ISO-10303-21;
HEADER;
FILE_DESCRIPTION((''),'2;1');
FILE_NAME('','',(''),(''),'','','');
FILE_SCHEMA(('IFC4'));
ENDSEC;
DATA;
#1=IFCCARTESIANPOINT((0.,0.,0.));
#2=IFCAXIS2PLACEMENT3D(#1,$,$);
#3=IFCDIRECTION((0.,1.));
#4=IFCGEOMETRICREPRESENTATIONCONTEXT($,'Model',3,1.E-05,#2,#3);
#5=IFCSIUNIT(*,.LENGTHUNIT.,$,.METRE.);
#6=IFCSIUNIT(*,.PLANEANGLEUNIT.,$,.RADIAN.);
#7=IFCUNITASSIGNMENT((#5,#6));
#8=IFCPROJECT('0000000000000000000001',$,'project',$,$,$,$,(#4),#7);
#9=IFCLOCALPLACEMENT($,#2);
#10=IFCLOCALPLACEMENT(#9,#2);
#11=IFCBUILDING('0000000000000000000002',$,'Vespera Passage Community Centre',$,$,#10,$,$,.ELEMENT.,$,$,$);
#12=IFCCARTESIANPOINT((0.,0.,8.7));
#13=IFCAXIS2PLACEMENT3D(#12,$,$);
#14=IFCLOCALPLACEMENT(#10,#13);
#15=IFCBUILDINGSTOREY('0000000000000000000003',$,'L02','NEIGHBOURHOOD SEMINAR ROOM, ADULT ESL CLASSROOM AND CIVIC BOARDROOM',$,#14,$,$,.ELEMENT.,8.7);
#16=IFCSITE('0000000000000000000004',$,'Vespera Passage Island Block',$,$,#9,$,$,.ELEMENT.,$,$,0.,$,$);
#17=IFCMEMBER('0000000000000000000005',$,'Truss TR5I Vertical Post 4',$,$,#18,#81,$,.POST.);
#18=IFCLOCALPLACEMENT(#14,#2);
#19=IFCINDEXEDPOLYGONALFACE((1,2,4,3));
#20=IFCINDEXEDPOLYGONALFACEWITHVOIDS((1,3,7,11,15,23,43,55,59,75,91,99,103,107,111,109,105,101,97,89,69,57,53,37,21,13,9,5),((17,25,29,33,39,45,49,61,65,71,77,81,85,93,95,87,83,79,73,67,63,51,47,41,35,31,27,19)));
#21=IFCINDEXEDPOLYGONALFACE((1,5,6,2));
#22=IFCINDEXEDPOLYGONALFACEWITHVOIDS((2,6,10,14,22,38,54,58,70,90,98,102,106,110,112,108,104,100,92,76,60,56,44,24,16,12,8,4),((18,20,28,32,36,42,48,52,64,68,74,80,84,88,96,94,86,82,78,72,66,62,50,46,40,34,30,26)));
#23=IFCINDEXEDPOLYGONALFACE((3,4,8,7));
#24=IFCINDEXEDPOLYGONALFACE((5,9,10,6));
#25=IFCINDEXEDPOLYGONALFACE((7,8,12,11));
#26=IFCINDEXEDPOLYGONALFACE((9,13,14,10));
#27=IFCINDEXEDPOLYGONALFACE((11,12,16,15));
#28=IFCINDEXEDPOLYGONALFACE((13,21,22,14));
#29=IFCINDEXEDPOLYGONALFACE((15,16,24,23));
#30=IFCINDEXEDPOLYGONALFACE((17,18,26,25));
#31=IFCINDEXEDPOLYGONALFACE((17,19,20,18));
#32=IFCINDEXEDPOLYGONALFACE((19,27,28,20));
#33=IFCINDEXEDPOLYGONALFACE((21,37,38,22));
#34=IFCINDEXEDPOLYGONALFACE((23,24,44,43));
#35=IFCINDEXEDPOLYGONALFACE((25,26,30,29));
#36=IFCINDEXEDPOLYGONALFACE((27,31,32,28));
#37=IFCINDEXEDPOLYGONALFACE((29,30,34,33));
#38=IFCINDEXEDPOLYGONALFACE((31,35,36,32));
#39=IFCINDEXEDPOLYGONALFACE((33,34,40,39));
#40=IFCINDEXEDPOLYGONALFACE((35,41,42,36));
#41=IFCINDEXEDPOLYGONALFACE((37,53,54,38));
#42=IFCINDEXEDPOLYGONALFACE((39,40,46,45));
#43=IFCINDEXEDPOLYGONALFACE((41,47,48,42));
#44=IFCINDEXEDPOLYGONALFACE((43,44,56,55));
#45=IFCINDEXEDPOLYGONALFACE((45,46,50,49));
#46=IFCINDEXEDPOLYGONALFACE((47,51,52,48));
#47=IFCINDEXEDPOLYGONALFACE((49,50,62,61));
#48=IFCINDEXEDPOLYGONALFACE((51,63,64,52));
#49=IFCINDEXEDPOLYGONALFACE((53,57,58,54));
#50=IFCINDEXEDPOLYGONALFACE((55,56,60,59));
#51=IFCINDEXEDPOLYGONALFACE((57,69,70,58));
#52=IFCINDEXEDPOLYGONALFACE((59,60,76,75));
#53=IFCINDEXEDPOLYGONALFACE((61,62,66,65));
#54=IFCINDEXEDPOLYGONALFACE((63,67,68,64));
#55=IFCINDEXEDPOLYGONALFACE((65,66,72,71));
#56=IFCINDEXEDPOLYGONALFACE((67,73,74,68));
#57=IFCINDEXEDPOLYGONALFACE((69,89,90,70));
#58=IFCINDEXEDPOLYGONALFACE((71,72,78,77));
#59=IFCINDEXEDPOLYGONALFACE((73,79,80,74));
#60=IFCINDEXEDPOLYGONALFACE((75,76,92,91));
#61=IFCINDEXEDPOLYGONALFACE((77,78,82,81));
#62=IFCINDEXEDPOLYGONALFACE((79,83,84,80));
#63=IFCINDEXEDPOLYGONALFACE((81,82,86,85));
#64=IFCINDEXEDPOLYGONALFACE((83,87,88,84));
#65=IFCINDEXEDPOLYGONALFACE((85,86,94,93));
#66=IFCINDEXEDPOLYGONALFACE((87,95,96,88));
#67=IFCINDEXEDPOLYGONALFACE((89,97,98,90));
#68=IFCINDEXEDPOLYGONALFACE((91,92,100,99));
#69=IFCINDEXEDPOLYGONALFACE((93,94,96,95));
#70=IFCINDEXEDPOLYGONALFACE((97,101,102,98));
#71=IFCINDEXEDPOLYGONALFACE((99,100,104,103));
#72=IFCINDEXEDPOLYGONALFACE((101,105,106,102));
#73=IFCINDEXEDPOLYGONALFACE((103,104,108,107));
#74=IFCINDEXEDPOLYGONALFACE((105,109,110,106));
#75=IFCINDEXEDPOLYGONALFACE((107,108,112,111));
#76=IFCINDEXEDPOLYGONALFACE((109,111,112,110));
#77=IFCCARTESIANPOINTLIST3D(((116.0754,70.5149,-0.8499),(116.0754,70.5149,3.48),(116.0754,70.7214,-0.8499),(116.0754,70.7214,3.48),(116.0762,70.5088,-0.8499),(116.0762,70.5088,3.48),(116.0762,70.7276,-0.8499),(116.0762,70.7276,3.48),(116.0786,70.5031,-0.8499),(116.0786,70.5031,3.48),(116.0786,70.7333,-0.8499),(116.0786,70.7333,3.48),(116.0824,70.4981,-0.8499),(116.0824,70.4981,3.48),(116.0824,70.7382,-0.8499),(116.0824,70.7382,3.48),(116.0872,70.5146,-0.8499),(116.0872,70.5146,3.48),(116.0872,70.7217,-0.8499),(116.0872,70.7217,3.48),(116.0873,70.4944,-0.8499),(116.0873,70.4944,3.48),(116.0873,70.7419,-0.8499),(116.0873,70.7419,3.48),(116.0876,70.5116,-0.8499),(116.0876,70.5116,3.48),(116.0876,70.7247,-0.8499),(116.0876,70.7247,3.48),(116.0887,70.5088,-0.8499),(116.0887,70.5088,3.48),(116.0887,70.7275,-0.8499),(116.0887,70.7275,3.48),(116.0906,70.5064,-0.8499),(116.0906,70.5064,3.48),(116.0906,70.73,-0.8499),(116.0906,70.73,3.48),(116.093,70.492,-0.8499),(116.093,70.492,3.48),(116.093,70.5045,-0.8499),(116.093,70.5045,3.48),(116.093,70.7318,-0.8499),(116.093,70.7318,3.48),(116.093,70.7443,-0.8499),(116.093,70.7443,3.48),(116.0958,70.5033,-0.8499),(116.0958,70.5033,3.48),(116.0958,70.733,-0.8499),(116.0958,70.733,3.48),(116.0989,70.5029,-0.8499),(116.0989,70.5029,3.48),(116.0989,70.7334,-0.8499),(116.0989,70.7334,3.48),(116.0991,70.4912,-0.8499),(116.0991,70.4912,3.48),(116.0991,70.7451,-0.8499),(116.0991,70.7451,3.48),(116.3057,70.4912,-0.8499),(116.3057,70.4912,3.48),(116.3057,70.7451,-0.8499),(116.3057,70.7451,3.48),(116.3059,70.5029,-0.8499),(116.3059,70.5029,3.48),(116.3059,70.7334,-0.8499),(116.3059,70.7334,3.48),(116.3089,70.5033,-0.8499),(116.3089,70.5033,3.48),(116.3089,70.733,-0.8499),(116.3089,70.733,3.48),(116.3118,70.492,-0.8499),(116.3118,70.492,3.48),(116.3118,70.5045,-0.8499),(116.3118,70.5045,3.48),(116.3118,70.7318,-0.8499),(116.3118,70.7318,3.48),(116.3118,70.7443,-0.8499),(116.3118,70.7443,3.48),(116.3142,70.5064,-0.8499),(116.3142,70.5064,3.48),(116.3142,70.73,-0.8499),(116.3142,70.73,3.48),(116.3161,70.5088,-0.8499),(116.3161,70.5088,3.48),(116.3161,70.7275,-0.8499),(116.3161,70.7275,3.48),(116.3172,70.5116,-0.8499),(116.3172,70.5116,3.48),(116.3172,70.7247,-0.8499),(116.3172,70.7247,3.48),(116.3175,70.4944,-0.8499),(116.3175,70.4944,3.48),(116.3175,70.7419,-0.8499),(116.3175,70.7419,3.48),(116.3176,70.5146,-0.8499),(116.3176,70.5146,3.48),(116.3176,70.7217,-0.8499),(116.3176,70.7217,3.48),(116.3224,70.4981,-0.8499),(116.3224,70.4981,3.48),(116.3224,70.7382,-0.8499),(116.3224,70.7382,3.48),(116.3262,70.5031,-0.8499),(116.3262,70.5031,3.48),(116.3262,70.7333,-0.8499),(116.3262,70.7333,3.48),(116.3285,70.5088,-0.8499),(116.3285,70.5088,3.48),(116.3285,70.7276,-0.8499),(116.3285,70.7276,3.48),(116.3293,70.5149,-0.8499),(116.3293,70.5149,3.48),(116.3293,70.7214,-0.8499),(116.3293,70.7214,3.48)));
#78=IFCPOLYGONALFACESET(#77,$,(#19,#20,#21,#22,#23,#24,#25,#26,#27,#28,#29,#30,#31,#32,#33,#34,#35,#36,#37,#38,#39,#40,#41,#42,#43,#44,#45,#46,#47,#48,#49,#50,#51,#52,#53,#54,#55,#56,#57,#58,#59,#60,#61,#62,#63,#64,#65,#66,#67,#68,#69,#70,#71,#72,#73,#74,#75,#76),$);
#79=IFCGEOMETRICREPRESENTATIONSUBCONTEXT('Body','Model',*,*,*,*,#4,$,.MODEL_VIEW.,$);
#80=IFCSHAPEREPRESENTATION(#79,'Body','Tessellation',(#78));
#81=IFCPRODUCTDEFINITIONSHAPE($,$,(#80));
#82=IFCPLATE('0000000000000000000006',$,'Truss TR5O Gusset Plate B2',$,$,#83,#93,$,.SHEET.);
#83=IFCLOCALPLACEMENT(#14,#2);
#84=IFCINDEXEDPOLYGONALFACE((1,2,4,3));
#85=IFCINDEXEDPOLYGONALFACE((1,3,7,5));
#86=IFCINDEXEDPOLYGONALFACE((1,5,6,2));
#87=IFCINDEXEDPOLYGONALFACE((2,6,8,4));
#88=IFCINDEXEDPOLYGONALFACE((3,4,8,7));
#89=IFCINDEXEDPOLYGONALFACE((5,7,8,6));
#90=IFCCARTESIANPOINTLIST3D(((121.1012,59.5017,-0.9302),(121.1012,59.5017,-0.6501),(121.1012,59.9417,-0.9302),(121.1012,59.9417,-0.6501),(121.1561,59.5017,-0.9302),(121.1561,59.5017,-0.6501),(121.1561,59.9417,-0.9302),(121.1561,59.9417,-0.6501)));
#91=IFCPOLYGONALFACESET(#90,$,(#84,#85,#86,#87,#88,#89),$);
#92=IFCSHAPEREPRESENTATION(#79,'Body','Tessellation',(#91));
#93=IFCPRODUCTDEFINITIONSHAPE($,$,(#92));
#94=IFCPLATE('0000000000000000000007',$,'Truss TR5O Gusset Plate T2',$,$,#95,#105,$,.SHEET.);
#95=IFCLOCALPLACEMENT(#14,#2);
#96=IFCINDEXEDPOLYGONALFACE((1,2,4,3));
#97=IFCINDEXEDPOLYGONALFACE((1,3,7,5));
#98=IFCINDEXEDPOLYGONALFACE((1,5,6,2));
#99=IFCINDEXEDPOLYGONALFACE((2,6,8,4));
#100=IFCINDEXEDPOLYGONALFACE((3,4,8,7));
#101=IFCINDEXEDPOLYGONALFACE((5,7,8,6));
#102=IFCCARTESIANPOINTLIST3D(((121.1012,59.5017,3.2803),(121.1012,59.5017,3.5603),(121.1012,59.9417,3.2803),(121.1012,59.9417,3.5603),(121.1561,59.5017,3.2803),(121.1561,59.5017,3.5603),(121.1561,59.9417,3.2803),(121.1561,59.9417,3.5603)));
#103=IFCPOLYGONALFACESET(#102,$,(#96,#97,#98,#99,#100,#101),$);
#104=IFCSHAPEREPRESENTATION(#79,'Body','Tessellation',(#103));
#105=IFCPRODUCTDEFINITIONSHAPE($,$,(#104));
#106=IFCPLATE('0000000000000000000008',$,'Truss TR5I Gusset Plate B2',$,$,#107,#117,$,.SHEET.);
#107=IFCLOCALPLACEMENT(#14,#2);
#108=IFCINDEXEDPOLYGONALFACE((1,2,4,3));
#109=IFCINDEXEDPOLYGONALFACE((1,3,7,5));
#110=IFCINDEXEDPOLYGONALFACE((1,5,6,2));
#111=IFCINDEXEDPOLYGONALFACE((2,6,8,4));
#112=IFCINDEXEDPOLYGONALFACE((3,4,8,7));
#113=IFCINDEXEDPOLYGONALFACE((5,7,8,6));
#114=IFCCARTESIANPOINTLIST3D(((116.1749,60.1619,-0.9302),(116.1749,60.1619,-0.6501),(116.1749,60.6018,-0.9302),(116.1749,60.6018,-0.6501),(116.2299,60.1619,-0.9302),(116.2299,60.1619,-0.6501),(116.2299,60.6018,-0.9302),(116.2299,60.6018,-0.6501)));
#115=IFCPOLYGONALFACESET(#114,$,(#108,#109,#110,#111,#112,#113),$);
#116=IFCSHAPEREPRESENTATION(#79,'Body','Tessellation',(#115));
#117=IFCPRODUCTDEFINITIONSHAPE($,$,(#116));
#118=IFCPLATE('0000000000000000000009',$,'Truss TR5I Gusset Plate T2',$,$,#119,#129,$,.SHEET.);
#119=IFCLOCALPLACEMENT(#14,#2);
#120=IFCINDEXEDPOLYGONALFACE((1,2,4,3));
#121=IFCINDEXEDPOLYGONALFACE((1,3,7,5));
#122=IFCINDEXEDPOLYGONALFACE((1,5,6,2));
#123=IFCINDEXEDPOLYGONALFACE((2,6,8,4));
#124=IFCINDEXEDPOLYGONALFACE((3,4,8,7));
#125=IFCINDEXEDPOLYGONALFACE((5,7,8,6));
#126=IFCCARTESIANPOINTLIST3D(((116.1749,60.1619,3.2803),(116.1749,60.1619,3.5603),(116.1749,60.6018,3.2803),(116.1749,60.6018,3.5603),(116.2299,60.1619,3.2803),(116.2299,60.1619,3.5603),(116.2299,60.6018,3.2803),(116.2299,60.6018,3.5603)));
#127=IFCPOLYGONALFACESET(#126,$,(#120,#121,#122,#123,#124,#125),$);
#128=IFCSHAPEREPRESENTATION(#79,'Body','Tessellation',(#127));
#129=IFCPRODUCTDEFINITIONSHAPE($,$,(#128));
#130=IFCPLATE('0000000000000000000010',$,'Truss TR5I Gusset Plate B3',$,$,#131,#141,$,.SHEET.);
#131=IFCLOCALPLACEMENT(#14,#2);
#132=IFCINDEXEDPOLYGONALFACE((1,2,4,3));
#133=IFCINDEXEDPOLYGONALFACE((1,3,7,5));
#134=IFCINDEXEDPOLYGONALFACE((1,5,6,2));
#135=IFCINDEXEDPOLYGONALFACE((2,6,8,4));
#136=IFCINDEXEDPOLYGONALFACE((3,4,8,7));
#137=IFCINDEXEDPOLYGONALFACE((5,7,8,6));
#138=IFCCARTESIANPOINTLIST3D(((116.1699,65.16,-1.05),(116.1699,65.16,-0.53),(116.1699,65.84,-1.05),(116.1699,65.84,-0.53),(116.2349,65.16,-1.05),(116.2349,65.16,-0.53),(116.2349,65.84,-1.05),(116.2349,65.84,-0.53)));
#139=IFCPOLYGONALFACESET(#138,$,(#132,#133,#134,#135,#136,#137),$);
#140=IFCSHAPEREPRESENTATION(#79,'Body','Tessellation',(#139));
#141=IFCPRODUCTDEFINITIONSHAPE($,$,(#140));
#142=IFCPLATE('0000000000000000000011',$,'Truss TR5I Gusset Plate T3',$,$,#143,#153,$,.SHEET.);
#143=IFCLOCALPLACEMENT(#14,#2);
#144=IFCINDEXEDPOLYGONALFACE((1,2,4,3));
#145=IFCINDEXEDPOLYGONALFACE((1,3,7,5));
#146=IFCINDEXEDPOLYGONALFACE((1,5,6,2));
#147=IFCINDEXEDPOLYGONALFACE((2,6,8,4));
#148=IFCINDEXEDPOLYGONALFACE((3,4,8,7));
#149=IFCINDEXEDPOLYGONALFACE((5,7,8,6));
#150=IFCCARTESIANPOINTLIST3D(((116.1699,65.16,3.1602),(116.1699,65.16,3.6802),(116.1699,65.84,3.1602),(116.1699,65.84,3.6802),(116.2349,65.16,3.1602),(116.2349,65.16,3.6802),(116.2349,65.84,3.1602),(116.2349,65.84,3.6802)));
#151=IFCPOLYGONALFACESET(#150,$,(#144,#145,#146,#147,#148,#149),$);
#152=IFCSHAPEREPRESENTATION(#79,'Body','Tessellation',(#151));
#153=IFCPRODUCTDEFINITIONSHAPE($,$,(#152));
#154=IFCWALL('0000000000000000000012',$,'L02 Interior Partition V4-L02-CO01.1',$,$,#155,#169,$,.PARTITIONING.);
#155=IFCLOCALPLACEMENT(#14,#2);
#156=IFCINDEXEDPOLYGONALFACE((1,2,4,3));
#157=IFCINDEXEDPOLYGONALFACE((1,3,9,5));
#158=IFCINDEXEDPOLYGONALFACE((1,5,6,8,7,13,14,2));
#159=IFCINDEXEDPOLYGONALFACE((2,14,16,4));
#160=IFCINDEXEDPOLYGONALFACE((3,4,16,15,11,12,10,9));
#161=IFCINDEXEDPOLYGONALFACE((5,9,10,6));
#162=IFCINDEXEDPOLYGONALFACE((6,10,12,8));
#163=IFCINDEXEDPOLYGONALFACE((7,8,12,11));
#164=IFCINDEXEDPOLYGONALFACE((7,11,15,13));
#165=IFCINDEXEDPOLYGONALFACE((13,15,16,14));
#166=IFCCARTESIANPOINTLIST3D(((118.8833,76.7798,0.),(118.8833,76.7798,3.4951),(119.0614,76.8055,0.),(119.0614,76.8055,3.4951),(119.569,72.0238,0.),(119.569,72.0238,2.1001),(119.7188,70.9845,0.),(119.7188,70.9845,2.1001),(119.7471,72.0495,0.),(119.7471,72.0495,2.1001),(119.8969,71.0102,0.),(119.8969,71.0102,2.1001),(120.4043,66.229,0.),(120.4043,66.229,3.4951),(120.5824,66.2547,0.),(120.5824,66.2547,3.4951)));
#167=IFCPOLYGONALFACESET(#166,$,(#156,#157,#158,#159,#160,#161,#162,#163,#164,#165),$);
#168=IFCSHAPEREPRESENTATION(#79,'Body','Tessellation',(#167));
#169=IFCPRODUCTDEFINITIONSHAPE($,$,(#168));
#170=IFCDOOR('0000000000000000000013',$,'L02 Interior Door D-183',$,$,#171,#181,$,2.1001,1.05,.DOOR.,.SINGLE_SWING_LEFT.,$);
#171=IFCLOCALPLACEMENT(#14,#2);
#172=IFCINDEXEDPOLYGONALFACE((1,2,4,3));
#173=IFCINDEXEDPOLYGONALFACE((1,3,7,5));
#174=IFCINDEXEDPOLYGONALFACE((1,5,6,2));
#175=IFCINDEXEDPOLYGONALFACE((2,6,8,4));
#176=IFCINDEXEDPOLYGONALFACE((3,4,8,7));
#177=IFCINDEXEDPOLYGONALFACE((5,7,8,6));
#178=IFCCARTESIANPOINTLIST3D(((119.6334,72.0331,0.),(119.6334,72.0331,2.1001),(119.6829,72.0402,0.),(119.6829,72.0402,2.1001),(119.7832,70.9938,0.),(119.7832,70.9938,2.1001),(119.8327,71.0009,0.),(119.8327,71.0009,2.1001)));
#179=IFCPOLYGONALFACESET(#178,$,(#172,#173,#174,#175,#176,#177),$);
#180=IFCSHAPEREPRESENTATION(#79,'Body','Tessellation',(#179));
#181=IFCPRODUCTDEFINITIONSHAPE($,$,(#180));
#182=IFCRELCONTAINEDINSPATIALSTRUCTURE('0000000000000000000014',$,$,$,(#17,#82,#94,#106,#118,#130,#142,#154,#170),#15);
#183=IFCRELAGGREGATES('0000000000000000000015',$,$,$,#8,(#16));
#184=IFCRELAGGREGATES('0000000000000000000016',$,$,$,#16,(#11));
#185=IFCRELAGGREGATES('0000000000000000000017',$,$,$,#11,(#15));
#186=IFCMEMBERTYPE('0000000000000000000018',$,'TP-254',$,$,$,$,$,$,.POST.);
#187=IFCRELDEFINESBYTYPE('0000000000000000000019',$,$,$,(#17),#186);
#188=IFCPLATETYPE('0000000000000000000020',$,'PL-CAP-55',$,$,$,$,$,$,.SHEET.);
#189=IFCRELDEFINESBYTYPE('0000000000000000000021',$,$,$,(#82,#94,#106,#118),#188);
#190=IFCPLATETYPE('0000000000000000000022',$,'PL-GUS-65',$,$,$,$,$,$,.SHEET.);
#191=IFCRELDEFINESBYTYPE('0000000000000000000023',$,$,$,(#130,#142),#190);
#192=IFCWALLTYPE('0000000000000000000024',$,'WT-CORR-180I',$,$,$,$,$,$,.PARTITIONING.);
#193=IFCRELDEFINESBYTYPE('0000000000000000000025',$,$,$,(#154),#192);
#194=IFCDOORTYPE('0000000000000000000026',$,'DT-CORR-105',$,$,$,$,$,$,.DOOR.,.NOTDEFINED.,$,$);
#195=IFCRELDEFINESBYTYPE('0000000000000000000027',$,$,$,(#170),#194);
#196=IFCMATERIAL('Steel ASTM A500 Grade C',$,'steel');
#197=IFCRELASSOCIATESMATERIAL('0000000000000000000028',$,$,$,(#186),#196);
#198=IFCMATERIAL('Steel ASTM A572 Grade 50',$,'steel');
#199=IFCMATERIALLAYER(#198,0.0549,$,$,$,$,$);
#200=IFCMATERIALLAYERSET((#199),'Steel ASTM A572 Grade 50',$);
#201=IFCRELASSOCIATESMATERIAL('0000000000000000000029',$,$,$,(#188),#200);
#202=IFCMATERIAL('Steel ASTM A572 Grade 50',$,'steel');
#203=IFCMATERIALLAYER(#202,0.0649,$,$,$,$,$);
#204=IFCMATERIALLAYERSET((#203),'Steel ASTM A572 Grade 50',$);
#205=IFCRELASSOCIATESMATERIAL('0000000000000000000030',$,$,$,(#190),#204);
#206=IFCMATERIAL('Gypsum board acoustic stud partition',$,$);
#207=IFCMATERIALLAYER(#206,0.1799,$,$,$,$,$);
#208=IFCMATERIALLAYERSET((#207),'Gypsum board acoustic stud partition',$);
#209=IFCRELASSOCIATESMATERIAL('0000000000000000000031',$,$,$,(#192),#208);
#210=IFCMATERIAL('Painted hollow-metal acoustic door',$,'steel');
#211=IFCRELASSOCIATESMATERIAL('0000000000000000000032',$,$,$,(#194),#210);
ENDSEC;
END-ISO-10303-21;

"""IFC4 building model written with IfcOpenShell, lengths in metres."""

from ifc_helpers import new_model, si_unit, direction, frame, frame_2d, origin, origin_2d, place, context, subcontext, project, spatial, rectangle, hollow_rectangle, extrude, material, layer, layer_set, material_profile, profile_set, type_object, element, fill, save


model = new_model("IFC4")

# Units and contexts
model_context = context("Model", 3, precision=1e-05, world=origin(), true_north=direction((0.0, 1.0)))
body_context = subcontext(model_context, "Body", "Model", "MODEL_VIEW")
ifc_project = project(units=[si_unit("LENGTHUNIT", "METRE"), si_unit("PLANEANGLEUNIT", "RADIAN")], contexts=[model_context])

# Site, building, storey
site_placement = place(None, origin())
site = spatial("IfcSite", under=ifc_project, at=site_placement, Name="Vespera Passage Island Block", CompositionType="ELEMENT", RefElevation=0.0)
building_placement = place(site_placement, origin())
building = spatial("IfcBuilding", under=site, at=building_placement, Name="Vespera Passage Community Centre", CompositionType="ELEMENT")
storey_placement = place(building_placement, frame((0.0, 0.0, 8.7)))
storey = spatial("IfcBuildingStorey", under=building, at=storey_placement, Name="L02", Description="NEIGHBOURHOOD SEMINAR ROOM, ADULT ESL CLASSROOM AND CIVIC BOARDROOM", CompositionType="ELEMENT", Elevation=8.7)

# Member
ifc_material_1 = material(Name="Steel ASTM A500 Grade C", Category="steel")
ifc_material_profile_1 = material_profile(ifc_material_1, hollow_rectangle(XDim=0.2539, YDim=0.2539, WallThickness=0.0117, InnerFilletRadius=0.0117, OuterFilletRadius=0.0237, at=origin_2d()), Name="HSS254X254X12.7")
ifc_profile_set_1 = profile_set([ifc_material_profile_1], Name="Steel ASTM A500 Grade C")
member_type_1 = type_object("IfcMemberType", Name="TP-254", PredefinedType="POST", material=ifc_profile_set_1)
for number, where, z_axis, x_axis, name in (
    (1, (116.2024, 70.6182, -0.8499), (0.0, 0.0, 1.0), (1.0, 0.0, 0.0), "Truss TR5I Vertical Post 4"),
):
    element("IfcMember", number, at=place(storey_placement, frame(where, z_axis=z_axis, x_axis=x_axis)), inside=storey, type_object=member_type_1, Name=name, PredefinedType="POST", context=body_context, shape_type="SweptSolid", body=[
        extrude(hollow_rectangle(XDim=0.2539, YDim=0.2539, WallThickness=0.0117, InnerFilletRadius=0.0117, OuterFilletRadius=0.0237, at=origin_2d()), origin(), (0.0, 0.0, 1.0), 4.3298),
    ])

# Plates
ifc_material_2 = material(Name="Steel ASTM A572 Grade 50", Category="steel")
ifc_layer_1 = layer(ifc_material_2, 0.0549)
ifc_layer_set_1 = layer_set([ifc_layer_1], Name="Steel ASTM A572 Grade 50")
plate_type_1 = type_object("IfcPlateType", Name="PL-CAP-55", PredefinedType="SHEET", material=ifc_layer_set_1)
for number, where, z_axis, x_axis, name in (
    (2, (121.1287, 59.7217, -0.9302), (0.0, 0.0, 1.0), (0.0, 1.0, 0.0), "Truss TR5O Gusset Plate B2"),
    (3, (121.1287, 59.7217, 3.2803), (0.0, 0.0, 1.0), (0.0, 1.0, 0.0), "Truss TR5O Gusset Plate T2"),
    (4, (116.2024, 60.3818, -0.9302), (0.0, 0.0, 1.0), (0.0, 1.0, 0.0), "Truss TR5I Gusset Plate B2"),
    (5, (116.2024, 60.3818, 3.2803), (0.0, 0.0, 1.0), (0.0, 1.0, 0.0), "Truss TR5I Gusset Plate T2"),
):
    element("IfcPlate", number, at=place(storey_placement, frame(where, z_axis=z_axis, x_axis=x_axis)), inside=storey, type_object=plate_type_1, Name=name, PredefinedType="SHEET", context=body_context, shape_type="SweptSolid", body=[
        extrude(rectangle(XDim=0.4399, YDim=0.0549, at=origin_2d()), origin(), (0.0, 0.0, 1.0), 0.28),
    ])
ifc_material_3 = material(Name="Steel ASTM A572 Grade 50", Category="steel")
ifc_layer_2 = layer(ifc_material_3, 0.0649)
ifc_layer_set_2 = layer_set([ifc_layer_2], Name="Steel ASTM A572 Grade 50")
plate_type_2 = type_object("IfcPlateType", Name="PL-GUS-65", PredefinedType="SHEET", material=ifc_layer_set_2)
for number, where, z_axis, x_axis, name in (
    (6, (116.2024, 65.5, -1.05), (0.0, 0.0, 1.0), (0.0, 1.0, 0.0), "Truss TR5I Gusset Plate B3"),
    (7, (116.2024, 65.5, 3.1602), (0.0, 0.0, 1.0), (0.0, 1.0, 0.0), "Truss TR5I Gusset Plate T3"),
):
    element("IfcPlate", number, at=place(storey_placement, frame(where, z_axis=z_axis, x_axis=x_axis)), inside=storey, type_object=plate_type_2, Name=name, PredefinedType="SHEET", context=body_context, shape_type="SweptSolid", body=[
        extrude(rectangle(XDim=0.6799, YDim=0.0649, at=origin_2d()), origin(), (0.0, 0.0, 1.0), 0.52),
    ])

# Wall, opening, door
ifc_material_4 = material(Name="Gypsum board acoustic stud partition")
ifc_layer_3 = layer(ifc_material_4, 0.1799)
ifc_layer_set_3 = layer_set([ifc_layer_3], Name="Gypsum board acoustic stud partition")
wall_type_1 = type_object("IfcWallType", Name="WT-CORR-180I", PredefinedType="PARTITIONING", material=ifc_layer_set_3)
wall_1_placement = place(storey_placement, frame((120.4934, 66.2417, 0.0), z_axis=(0.0, 0.0, 1.0), x_axis=(-0.142685, 0.989768, 0.0)))
wall_1 = element("IfcWall", 8, at=wall_1_placement, inside=storey, type_object=wall_type_1, Name="L02 Interior Partition V4-L02-CO01.1", PredefinedType="PARTITIONING", context=body_context, shape_type="SweptSolid", body=[
    extrude(rectangle(XDim=10.6599, YDim=0.1799, at=frame_2d((5.3301, 0.0))), origin(), (0.0, 0.0, 1.0), 3.4951),
])
opening_1_placement = place(wall_1_placement, frame((4.8049, 0.0, 0.0)))
opening_1 = element("IfcOpeningElement", 9, at=opening_1_placement, cuts=wall_1, PredefinedType="OPENING", context=body_context, shape_type="SweptSolid", body=[
    extrude(rectangle(XDim=1.05, YDim=2.1001, at=frame_2d((0.5249, 1.05))), frame((0.0, 0.0999, 0.0), z_axis=(0.0, -1.0, 0.0), x_axis=(1.0, 0.0, 0.0)), (0.0, 0.0, 1.0), 0.2),
])
ifc_material_5 = material(Name="Painted hollow-metal acoustic door", Category="steel")
door_type_1 = type_object("IfcDoorType", Name="DT-CORR-105", OperationType="NOTDEFINED", PredefinedType="DOOR", material=ifc_material_5)
door_1_placement = place(opening_1_placement, origin())
door_1 = element("IfcDoor", 10, at=door_1_placement, inside=storey, type_object=door_type_1, Name="L02 Interior Door D-183", OperationType="SINGLE_SWING_LEFT", OverallHeight=2.1001, OverallWidth=1.05, PredefinedType="DOOR", context=body_context, shape_type="SweptSolid", body=[
    extrude(rectangle(XDim=1.05, YDim=2.1001, at=frame_2d((0.5249, 1.05))), frame((0.0, 0.0249, 0.0), z_axis=(0.0, -1.0, 0.0), x_axis=(1.0, 0.0, 0.0)), (0.0, 0.0, 1.0), 0.05),
])
fill(opening_1, door_1)

save(model, "model.ifc")
